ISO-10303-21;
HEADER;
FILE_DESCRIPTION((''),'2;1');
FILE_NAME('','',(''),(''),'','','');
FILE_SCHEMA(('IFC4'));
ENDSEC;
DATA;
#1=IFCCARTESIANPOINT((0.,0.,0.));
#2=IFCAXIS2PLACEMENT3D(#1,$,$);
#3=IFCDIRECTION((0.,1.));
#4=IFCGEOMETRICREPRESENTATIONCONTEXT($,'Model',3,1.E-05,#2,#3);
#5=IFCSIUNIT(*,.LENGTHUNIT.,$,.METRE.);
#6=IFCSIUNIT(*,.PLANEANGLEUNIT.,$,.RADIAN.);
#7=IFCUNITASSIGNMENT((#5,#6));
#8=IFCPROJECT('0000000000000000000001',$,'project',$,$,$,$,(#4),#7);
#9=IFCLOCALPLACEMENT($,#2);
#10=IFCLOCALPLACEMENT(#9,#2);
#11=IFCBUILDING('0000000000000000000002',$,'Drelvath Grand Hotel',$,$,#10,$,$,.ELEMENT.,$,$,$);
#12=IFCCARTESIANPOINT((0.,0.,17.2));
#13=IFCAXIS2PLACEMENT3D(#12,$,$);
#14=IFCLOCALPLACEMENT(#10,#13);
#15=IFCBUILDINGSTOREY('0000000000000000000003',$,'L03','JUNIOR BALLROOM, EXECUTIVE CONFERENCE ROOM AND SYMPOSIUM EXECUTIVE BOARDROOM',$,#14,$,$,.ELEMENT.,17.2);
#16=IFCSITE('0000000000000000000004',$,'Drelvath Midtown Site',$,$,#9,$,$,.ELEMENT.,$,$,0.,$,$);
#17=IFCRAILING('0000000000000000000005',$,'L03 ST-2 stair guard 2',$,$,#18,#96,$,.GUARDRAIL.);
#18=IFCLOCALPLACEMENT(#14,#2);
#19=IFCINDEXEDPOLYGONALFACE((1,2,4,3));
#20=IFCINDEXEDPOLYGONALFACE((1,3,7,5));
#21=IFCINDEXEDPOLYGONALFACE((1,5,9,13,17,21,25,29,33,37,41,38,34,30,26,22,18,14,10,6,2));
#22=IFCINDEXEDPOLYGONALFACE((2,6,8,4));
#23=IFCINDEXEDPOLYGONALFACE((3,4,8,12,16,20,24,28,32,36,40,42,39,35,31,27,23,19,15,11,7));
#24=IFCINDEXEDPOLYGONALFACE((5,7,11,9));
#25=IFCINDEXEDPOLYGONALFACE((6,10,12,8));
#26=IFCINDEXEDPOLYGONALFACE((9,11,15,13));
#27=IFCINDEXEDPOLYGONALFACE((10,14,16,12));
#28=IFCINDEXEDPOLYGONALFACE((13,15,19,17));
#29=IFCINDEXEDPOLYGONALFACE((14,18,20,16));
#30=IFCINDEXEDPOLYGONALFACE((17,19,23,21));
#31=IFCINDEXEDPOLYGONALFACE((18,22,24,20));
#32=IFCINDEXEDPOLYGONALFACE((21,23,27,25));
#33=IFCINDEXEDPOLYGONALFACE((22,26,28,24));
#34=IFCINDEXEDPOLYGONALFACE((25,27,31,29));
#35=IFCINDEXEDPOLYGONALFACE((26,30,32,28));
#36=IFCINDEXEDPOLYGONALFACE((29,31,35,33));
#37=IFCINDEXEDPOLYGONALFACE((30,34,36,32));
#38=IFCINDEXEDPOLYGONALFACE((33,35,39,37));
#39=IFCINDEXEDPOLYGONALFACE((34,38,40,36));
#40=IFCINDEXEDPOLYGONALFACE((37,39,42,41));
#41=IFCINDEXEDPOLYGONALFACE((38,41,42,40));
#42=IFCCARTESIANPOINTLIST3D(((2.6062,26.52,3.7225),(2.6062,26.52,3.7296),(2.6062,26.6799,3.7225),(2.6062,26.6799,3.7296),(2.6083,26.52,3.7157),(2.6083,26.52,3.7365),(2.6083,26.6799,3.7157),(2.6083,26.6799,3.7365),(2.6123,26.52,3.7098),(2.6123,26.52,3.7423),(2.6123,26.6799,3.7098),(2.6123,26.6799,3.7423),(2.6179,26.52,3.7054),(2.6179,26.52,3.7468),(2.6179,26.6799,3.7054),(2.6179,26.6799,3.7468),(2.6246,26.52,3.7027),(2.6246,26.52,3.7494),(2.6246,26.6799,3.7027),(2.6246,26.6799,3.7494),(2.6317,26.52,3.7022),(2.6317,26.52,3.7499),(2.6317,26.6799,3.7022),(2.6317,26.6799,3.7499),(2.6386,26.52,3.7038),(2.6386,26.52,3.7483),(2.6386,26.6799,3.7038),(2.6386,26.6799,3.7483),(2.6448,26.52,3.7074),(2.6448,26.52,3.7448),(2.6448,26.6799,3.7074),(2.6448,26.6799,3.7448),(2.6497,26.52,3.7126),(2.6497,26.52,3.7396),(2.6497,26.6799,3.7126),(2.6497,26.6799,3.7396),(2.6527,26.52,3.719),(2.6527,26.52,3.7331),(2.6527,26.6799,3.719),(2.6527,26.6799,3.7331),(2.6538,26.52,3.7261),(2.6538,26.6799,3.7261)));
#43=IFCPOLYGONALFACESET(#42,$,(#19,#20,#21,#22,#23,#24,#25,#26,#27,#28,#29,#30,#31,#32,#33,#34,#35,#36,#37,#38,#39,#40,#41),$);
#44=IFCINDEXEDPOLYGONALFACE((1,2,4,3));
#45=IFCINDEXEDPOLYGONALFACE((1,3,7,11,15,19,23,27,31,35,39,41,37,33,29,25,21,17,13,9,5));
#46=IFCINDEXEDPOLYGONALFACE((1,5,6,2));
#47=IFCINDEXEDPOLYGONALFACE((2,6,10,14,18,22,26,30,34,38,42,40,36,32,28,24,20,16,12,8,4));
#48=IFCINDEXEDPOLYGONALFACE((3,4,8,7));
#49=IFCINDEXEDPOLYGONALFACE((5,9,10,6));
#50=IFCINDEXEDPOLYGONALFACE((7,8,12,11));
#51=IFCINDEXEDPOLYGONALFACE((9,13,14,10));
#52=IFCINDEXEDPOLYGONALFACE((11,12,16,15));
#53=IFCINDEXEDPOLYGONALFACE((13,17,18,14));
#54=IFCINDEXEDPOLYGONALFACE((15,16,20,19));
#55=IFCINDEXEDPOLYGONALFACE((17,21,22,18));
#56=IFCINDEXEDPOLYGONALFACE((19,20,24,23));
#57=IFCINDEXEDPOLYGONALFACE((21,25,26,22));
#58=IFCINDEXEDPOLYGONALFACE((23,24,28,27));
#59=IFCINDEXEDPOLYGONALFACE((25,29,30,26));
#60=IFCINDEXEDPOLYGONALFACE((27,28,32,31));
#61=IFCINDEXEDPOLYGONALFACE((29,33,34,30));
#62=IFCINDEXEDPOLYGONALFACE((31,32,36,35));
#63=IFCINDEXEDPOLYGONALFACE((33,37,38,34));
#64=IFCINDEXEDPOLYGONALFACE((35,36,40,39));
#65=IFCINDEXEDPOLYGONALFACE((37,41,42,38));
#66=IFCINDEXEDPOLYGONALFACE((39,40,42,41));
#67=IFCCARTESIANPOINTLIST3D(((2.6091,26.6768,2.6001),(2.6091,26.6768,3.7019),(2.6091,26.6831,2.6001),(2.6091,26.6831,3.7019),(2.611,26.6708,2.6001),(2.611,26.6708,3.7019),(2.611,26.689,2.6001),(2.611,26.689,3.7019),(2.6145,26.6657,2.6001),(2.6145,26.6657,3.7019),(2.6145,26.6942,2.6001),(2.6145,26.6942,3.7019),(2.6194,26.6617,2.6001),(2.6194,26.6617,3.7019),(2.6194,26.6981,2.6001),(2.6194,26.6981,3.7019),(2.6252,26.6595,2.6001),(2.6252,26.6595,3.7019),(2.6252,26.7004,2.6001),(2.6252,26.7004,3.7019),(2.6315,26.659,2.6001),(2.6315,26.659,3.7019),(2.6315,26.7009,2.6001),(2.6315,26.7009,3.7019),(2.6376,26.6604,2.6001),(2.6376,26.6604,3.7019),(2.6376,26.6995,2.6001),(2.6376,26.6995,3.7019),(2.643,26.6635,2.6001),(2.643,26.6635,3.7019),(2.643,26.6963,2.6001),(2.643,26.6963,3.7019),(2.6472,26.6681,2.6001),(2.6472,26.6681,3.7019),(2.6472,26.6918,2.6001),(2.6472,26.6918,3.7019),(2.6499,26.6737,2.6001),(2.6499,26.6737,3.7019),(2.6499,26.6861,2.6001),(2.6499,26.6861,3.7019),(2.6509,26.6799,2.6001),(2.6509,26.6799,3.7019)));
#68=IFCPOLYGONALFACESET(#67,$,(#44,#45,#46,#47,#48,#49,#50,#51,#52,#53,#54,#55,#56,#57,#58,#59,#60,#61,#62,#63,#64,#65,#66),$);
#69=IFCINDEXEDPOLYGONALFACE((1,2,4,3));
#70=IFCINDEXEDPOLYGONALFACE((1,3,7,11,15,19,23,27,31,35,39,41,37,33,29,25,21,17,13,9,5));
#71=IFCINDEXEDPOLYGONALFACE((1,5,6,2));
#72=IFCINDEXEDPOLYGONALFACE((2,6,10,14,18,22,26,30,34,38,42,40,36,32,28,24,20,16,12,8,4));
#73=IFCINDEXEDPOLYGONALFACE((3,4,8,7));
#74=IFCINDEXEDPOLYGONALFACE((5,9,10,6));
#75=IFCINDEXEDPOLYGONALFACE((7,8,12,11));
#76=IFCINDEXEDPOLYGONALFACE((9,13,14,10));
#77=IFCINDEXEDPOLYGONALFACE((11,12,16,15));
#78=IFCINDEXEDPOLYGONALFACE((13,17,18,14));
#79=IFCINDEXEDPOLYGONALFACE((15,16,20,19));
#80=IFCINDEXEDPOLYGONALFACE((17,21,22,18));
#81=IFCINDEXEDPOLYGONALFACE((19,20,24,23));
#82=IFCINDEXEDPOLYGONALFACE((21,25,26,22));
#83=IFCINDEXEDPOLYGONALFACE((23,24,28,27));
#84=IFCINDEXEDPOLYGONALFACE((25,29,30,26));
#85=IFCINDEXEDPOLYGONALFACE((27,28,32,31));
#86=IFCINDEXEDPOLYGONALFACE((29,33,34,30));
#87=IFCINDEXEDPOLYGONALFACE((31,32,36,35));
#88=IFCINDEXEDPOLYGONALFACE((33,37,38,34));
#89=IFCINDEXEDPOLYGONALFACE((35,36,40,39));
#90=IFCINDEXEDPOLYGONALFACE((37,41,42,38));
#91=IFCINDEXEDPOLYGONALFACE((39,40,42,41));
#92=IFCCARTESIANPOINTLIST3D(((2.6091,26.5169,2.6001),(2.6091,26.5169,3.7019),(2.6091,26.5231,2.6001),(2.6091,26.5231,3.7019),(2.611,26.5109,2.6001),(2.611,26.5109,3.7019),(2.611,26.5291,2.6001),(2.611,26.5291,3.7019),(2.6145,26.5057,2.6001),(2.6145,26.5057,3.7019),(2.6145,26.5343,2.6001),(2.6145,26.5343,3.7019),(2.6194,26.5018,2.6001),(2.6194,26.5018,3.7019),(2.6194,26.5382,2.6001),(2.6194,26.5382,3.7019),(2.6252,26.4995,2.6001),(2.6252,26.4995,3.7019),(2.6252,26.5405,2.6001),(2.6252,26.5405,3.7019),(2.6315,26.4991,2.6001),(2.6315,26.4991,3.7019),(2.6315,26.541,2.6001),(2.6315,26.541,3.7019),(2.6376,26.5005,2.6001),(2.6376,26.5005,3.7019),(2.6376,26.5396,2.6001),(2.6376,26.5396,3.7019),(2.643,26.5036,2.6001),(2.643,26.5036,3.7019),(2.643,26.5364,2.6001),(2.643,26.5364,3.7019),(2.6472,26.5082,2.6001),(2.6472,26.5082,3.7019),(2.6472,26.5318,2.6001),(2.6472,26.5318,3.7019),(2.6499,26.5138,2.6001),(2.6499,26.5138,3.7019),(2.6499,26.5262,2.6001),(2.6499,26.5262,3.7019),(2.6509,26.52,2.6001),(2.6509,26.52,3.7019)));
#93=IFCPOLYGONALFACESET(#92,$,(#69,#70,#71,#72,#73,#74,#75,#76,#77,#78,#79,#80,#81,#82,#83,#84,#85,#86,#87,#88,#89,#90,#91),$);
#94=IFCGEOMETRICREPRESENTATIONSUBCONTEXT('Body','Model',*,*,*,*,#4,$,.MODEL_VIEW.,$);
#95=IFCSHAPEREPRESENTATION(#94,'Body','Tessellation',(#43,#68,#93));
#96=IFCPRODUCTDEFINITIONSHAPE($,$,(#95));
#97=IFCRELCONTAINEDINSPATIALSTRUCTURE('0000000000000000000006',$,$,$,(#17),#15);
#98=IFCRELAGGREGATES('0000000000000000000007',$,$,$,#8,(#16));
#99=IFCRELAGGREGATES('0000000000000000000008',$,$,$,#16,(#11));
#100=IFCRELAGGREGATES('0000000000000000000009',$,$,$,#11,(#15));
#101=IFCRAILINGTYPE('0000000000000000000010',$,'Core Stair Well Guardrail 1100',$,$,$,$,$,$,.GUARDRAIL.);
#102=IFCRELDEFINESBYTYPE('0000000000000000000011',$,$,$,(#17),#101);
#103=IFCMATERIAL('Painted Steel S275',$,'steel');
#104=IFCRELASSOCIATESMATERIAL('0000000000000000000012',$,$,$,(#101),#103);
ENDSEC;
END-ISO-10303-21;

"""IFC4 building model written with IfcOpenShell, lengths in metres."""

from ifc_helpers import new_model, si_unit, direction, frame, origin, origin_2d, place, context, subcontext, project, spatial, circle, extrude, material, type_object, element, save


model = new_model("IFC4")

# Units and contexts
model_context = context("Model", 3, precision=1e-05, world=origin(), true_north=direction((0.0, 1.0)))
body_context = subcontext(model_context, "Body", "Model", "MODEL_VIEW")
ifc_project = project(units=[si_unit("LENGTHUNIT", "METRE"), si_unit("PLANEANGLEUNIT", "RADIAN")], contexts=[model_context])

# Site, building, storey
site_placement = place(None, origin())
site = spatial("IfcSite", under=ifc_project, at=site_placement, Name="Drelvath Midtown Site", CompositionType="ELEMENT", RefElevation=0.0)
building_placement = place(site_placement, origin())
building = spatial("IfcBuilding", under=site, at=building_placement, Name="Drelvath Grand Hotel", CompositionType="ELEMENT")
storey_placement = place(building_placement, frame((0.0, 0.0, 17.2)))
storey = spatial("IfcBuildingStorey", under=building, at=storey_placement, Name="L03", Description="JUNIOR BALLROOM, EXECUTIVE CONFERENCE ROOM AND SYMPOSIUM EXECUTIVE BOARDROOM", CompositionType="ELEMENT", Elevation=17.2)

# Shared definitions
ifc_material_1 = material(Name="Painted Steel S275", Category="steel")

# Railing
railing_type_1 = type_object("IfcRailingType", Name="Core Stair Well Guardrail 1100", PredefinedType="GUARDRAIL", material=ifc_material_1)
railing_1_placement = place(storey_placement, frame((2.6299, 26.6799, 2.6001)))
element("IfcRailing", 1, at=railing_1_placement, inside=storey, type_object=railing_type_1, Name="L03 ST-2 stair guard 2", PredefinedType="GUARDRAIL", context=body_context, shape_type="SweptSolid", body=[
    extrude(circle(Radius=0.0239, at=origin_2d()), frame((0.0, 0.0, 1.126), z_axis=(0.0, -1.0, 0.0), x_axis=(1.0, 0.0, 0.0)), (0.0, 0.0, 1.0), 0.1599),
    extrude(circle(Radius=0.021, at=origin_2d()), origin(), (0.0, 0.0, 1.0), 1.1018),
    extrude(circle(Radius=0.021, at=origin_2d()), frame((0.0, -0.1599, 0.0)), (0.0, 0.0, 1.0), 1.1018),
])

save(model, "model.ifc")
